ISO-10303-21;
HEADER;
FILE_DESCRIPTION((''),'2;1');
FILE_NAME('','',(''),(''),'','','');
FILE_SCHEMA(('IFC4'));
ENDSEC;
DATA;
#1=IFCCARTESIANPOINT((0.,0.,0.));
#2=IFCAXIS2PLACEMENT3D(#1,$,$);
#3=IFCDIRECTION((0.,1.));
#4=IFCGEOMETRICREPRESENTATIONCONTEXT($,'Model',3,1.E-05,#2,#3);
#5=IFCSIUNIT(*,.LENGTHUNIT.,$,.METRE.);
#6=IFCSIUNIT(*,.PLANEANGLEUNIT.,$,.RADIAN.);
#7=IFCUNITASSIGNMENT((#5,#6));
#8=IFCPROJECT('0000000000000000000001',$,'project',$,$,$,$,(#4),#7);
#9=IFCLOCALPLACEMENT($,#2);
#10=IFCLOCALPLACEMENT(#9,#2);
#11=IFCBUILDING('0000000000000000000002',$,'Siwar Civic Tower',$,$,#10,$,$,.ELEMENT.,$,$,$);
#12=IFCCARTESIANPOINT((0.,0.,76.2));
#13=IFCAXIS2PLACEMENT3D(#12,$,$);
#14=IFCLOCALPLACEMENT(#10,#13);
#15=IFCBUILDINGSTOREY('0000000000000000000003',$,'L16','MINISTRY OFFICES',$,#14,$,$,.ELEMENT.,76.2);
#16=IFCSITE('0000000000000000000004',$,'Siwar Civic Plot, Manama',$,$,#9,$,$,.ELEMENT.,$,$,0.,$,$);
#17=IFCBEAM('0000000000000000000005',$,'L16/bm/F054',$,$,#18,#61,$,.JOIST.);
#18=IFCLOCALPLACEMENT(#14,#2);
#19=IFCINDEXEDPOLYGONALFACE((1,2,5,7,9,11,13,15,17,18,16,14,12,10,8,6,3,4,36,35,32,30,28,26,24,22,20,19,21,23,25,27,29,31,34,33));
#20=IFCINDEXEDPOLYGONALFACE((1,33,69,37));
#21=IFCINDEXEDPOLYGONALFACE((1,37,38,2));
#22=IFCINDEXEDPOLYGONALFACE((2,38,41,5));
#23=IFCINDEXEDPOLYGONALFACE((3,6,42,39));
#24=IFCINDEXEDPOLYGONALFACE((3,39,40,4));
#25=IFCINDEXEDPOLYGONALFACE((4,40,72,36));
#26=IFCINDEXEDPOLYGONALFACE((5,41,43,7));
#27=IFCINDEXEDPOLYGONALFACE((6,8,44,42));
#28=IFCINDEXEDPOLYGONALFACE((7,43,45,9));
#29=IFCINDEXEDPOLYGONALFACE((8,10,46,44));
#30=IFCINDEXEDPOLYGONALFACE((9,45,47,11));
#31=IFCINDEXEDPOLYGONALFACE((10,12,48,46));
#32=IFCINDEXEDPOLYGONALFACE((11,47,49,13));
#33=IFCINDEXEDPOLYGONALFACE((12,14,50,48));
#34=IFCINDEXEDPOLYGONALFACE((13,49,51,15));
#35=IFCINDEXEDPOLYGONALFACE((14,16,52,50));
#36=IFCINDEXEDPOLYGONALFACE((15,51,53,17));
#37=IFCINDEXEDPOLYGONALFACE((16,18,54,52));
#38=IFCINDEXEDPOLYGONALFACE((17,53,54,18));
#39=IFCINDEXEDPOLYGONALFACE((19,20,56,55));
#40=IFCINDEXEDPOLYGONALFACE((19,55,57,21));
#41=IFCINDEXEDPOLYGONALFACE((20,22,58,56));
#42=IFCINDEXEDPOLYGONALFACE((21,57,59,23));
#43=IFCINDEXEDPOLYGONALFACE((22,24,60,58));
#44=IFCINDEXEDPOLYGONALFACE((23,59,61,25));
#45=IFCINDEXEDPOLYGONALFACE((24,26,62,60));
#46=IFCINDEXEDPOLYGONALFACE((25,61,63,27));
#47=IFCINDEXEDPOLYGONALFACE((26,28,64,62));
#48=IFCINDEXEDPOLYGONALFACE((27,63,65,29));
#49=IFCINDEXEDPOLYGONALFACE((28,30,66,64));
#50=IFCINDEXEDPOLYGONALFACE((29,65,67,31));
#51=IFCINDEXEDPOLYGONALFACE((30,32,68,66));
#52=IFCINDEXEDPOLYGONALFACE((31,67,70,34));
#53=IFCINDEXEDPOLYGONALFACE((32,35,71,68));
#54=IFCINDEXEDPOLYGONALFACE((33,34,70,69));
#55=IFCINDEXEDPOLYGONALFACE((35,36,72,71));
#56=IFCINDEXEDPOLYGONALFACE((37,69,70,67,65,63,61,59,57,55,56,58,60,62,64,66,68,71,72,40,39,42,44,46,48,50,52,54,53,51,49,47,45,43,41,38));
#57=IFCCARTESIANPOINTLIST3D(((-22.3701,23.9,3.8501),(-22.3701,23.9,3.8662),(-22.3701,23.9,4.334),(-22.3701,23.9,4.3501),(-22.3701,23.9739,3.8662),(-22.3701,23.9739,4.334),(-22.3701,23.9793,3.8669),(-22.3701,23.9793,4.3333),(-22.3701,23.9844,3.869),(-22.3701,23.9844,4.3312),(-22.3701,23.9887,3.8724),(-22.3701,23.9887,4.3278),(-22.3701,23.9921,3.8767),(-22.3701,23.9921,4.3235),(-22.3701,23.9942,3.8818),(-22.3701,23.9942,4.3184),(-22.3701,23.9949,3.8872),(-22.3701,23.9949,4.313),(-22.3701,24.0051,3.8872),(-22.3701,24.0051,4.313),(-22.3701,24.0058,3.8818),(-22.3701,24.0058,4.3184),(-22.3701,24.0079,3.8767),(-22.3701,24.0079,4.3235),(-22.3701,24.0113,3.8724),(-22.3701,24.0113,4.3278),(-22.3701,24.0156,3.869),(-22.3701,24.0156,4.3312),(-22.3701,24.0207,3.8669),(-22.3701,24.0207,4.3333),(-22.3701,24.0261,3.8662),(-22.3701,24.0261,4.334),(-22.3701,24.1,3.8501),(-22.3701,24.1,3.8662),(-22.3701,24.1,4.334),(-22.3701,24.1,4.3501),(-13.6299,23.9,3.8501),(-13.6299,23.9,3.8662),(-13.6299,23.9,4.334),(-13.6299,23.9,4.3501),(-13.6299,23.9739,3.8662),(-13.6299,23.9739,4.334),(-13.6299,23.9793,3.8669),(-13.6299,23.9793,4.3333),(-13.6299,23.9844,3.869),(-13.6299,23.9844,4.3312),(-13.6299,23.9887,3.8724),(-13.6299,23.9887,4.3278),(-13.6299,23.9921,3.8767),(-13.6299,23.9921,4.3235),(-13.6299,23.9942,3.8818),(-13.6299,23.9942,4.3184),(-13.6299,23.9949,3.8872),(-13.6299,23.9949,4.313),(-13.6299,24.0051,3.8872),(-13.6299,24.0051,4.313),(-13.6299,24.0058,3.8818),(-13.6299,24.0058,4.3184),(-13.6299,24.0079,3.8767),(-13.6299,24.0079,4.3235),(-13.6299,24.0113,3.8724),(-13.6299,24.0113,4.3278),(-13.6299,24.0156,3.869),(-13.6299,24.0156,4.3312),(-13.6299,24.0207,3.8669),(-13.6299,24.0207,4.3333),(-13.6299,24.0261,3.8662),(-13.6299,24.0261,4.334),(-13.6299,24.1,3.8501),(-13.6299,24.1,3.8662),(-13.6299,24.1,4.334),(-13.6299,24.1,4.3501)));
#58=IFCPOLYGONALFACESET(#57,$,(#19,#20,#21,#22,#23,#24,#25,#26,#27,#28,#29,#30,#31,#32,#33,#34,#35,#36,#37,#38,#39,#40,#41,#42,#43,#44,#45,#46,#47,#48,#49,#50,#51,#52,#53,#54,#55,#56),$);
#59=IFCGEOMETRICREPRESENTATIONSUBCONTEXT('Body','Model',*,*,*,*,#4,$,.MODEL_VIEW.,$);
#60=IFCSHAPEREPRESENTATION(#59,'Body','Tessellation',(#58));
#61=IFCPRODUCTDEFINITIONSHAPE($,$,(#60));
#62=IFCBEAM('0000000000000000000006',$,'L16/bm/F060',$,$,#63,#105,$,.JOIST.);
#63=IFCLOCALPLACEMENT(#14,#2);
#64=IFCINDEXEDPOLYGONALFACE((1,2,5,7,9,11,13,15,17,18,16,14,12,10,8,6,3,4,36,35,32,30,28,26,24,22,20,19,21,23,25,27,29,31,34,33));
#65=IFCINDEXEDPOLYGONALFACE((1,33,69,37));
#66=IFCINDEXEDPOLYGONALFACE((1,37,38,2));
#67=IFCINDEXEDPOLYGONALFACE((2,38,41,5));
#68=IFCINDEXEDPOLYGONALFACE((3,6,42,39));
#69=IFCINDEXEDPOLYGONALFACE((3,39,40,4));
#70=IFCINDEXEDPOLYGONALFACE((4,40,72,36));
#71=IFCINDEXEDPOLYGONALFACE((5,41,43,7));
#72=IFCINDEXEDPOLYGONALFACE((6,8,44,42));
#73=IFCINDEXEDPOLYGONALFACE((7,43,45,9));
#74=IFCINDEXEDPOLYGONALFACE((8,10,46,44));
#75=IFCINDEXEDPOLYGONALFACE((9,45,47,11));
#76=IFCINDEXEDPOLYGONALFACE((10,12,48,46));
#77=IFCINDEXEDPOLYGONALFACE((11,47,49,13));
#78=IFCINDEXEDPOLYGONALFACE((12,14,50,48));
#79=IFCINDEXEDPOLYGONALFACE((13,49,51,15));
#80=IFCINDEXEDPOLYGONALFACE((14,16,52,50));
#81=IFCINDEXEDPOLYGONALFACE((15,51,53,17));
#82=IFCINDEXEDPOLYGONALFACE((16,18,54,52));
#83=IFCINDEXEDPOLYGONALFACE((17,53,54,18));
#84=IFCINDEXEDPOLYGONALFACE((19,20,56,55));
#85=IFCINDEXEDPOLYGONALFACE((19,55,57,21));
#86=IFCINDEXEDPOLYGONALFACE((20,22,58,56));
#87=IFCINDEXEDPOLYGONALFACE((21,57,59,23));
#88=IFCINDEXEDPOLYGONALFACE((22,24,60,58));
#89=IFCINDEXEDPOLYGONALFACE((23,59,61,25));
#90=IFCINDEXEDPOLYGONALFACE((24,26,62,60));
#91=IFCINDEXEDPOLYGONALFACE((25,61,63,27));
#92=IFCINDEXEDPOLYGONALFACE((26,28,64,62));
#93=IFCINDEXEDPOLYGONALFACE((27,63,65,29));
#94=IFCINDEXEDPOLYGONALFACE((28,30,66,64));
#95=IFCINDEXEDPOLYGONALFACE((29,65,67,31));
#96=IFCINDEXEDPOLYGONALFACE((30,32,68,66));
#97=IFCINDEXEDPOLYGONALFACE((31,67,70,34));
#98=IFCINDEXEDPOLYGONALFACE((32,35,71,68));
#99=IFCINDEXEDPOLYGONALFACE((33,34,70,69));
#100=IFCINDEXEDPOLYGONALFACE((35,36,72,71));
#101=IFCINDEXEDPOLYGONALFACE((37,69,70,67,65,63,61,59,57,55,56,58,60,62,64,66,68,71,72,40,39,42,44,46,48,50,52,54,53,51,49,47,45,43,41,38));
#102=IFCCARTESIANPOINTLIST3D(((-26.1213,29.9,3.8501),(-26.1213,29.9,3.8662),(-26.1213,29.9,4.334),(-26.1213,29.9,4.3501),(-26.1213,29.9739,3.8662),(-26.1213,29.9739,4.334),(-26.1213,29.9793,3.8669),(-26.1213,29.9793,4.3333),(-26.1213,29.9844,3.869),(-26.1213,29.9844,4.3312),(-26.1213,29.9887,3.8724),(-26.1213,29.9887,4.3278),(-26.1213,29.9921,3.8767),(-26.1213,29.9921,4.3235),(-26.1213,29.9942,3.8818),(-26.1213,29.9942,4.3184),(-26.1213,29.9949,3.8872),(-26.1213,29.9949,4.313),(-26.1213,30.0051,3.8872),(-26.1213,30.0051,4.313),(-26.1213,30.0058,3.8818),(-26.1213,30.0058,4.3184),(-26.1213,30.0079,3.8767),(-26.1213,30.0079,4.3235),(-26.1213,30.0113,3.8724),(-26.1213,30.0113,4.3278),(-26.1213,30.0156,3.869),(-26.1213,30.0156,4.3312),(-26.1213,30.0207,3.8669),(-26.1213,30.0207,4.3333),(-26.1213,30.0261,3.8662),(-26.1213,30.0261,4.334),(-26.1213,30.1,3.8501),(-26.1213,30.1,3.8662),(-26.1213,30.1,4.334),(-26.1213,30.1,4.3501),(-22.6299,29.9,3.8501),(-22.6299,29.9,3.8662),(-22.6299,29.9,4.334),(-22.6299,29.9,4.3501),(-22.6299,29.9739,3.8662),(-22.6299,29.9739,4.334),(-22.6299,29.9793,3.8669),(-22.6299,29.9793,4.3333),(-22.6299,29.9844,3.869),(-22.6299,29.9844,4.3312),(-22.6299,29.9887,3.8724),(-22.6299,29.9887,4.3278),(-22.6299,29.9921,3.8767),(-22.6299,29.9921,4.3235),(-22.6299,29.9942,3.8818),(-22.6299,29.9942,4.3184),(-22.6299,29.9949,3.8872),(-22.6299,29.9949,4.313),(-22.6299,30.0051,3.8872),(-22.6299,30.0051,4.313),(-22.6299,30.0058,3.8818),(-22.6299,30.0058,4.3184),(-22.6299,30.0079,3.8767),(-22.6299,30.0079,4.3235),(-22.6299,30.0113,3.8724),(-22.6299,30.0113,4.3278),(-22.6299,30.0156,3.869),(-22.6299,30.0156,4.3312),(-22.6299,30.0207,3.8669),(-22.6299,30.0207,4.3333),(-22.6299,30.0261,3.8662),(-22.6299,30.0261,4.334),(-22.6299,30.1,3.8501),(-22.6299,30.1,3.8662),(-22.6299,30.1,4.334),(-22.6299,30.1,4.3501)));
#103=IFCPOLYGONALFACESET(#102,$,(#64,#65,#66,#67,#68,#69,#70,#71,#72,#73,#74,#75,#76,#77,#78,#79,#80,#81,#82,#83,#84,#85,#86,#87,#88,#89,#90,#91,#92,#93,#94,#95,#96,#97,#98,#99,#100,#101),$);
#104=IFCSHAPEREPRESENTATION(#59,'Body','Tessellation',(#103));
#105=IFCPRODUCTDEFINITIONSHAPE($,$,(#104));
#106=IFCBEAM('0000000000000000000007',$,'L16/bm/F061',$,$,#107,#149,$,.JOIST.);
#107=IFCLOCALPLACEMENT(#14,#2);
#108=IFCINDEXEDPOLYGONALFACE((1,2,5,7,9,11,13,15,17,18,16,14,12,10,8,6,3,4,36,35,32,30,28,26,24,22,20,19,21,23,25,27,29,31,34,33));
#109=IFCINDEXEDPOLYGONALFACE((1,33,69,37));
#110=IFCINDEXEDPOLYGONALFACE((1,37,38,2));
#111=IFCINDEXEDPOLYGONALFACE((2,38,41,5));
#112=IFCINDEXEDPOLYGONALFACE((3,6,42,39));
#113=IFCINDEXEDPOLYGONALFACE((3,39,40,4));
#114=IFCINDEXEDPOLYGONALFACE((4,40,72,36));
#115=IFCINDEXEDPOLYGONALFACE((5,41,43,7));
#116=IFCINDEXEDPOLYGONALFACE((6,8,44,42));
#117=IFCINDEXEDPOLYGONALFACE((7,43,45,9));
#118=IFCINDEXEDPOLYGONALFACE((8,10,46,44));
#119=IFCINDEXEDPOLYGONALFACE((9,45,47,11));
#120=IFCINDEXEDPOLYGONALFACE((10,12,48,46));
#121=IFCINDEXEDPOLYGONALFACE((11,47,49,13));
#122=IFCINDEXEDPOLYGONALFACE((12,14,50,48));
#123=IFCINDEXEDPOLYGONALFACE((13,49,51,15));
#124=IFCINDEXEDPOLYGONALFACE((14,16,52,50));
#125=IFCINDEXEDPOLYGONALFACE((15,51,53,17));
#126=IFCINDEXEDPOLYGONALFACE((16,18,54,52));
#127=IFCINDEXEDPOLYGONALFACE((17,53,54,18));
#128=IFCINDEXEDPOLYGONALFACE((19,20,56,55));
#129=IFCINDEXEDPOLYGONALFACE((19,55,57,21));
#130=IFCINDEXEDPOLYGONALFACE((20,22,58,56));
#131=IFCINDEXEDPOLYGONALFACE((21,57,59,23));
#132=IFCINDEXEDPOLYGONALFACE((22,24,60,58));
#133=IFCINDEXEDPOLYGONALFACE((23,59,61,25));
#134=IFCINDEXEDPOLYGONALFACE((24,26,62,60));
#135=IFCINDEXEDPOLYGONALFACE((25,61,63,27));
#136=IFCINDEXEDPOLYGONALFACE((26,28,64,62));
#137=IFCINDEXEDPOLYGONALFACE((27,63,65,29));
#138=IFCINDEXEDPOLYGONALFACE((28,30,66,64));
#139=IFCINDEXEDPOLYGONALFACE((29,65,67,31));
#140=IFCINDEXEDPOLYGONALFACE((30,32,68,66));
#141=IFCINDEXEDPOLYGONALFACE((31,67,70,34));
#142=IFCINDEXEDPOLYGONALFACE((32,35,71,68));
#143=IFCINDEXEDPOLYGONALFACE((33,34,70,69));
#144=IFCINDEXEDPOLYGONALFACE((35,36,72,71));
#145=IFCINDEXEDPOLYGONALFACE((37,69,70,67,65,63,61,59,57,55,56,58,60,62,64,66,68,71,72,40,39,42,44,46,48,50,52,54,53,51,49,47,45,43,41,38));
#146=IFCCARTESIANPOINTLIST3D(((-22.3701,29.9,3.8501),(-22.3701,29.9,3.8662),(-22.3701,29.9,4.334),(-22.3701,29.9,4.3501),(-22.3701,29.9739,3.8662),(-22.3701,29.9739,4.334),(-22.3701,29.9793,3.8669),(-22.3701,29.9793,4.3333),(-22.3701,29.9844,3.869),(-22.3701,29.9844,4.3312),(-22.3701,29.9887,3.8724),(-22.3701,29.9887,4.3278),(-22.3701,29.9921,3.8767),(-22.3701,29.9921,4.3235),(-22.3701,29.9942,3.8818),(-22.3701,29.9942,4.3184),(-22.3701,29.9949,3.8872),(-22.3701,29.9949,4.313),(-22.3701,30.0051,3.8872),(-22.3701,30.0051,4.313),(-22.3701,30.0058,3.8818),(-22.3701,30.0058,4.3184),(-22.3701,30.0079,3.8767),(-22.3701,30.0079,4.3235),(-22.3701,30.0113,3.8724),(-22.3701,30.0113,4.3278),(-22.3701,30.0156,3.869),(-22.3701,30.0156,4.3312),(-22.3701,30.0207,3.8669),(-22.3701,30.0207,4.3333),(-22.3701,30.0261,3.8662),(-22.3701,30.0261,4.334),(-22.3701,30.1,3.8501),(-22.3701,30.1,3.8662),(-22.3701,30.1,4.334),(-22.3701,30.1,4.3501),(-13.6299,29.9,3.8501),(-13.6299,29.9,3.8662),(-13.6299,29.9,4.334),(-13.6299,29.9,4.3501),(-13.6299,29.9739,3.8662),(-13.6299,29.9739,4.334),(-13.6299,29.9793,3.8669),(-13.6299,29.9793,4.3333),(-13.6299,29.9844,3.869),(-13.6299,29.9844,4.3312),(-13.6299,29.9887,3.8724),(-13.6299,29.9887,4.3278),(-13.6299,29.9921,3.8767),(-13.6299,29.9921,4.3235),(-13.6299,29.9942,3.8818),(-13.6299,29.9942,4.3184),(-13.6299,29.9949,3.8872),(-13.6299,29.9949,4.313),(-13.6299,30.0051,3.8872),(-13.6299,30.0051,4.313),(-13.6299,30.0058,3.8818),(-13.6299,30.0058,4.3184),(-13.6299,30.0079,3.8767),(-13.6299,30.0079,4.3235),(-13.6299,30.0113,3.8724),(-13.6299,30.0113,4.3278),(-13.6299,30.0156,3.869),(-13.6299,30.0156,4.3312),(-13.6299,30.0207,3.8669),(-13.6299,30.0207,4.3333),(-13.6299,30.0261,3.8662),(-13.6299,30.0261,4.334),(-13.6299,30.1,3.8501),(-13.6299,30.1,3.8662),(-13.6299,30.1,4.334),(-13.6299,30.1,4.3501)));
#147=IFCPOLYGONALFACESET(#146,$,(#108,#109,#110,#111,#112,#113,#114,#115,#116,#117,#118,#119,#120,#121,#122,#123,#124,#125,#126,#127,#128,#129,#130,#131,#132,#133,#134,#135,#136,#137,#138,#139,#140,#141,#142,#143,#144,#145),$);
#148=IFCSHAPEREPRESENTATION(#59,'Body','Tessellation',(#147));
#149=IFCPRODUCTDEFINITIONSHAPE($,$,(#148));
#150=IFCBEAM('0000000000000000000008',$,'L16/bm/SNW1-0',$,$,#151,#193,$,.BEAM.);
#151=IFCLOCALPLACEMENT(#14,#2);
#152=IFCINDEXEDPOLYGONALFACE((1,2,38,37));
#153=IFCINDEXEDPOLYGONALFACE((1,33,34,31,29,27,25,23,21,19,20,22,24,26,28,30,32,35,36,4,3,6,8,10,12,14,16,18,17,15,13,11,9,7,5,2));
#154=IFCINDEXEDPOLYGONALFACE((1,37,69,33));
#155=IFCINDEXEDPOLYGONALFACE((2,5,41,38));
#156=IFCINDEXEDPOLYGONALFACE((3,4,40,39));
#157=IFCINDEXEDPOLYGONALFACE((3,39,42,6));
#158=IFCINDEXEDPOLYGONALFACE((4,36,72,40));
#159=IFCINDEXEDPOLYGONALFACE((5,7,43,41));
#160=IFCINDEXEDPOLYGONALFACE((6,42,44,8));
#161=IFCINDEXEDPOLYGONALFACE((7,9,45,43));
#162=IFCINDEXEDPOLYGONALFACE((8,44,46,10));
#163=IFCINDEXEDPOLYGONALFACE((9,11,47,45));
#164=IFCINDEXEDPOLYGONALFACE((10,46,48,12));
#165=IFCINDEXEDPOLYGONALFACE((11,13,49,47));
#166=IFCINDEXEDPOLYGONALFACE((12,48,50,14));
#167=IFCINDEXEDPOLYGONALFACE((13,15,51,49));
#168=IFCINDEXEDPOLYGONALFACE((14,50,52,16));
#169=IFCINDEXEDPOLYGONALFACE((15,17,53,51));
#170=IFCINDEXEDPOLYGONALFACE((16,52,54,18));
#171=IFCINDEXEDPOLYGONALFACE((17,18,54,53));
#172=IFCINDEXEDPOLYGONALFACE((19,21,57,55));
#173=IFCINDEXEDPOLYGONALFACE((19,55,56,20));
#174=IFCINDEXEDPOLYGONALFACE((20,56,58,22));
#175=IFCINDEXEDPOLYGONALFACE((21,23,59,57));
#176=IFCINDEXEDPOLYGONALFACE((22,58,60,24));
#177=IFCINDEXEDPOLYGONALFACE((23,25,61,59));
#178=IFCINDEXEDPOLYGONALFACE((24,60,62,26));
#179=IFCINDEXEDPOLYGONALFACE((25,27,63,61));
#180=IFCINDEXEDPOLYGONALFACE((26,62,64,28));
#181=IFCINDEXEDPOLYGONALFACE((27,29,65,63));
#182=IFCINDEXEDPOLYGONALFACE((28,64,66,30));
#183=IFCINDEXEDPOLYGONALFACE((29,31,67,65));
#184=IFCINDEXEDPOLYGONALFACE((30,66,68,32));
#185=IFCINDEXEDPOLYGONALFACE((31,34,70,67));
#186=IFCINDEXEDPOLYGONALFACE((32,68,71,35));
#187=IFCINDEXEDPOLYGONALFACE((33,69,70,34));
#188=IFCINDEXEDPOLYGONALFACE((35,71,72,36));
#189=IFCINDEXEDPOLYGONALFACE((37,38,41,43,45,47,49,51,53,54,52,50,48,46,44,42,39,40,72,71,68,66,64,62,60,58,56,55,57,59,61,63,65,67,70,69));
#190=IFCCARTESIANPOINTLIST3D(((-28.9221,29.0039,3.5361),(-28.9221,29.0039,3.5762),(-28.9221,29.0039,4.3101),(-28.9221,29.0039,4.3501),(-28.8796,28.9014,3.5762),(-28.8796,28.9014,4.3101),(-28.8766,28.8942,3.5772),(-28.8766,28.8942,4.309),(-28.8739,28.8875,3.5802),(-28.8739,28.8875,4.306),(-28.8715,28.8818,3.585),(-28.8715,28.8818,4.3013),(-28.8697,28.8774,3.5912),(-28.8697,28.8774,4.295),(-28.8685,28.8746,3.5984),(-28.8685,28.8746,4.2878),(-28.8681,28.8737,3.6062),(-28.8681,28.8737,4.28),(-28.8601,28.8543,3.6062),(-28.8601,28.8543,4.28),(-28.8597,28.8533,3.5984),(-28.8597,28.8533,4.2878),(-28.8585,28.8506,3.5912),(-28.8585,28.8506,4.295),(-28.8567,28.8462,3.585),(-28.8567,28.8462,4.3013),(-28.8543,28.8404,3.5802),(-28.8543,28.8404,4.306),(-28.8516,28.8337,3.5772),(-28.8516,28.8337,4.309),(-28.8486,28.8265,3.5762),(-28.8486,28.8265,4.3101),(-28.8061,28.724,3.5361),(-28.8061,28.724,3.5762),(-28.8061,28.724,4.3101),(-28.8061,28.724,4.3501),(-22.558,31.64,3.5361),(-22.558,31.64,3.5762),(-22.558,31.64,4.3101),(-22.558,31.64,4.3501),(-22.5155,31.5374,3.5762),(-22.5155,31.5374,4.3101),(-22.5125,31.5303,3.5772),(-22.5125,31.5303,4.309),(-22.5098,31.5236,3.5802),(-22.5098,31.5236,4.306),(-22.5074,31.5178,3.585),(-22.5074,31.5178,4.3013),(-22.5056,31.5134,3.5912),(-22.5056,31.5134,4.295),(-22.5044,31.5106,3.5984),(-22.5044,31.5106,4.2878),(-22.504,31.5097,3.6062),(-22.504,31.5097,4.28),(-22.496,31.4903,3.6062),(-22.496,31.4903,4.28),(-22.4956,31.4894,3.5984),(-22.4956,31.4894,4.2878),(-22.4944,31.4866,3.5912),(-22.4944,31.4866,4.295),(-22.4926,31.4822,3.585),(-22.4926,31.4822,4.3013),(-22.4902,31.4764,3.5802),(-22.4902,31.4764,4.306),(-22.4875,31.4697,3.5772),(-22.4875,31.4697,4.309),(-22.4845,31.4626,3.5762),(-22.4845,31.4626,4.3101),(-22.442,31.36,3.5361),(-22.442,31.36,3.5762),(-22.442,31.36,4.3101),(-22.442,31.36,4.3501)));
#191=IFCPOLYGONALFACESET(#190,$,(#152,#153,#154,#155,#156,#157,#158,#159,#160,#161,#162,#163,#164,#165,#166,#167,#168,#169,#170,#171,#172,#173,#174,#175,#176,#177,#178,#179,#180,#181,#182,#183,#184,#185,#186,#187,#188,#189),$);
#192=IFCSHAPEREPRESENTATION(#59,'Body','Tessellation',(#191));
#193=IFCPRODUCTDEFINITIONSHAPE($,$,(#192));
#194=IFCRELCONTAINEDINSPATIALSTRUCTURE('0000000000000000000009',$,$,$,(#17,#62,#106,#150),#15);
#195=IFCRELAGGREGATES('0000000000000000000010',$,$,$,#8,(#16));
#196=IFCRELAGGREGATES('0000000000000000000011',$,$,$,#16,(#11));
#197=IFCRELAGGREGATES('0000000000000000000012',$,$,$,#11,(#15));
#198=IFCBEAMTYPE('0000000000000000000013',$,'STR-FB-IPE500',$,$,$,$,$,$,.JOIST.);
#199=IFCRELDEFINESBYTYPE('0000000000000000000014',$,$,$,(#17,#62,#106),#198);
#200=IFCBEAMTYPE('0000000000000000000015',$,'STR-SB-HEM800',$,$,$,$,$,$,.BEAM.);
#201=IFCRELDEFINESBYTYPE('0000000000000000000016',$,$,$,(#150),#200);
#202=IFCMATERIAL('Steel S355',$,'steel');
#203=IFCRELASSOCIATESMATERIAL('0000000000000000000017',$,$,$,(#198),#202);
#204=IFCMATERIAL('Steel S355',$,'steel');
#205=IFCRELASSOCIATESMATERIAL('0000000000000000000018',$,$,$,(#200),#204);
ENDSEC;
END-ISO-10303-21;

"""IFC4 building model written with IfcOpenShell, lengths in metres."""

from ifc_helpers import new_model, si_unit, direction, frame, origin, origin_2d, place, context, subcontext, project, spatial, i_section, extrude, material, material_profile, profile_set, type_object, element, save


model = new_model("IFC4")

# Units and contexts
model_context = context("Model", 3, precision=1e-05, world=origin(), true_north=direction((0.0, 1.0)))
body_context = subcontext(model_context, "Body", "Model", "MODEL_VIEW")
ifc_project = project(units=[si_unit("LENGTHUNIT", "METRE"), si_unit("PLANEANGLEUNIT", "RADIAN")], contexts=[model_context])

# Site, building, storey
site_placement = place(None, origin())
site = spatial("IfcSite", under=ifc_project, at=site_placement, Name="Siwar Civic Plot, Manama", CompositionType="ELEMENT", RefElevation=0.0)
building_placement = place(site_placement, origin())
building = spatial("IfcBuilding", under=site, at=building_placement, Name="Siwar Civic Tower", CompositionType="ELEMENT")
storey_placement = place(building_placement, frame((0.0, 0.0, 76.2)))
storey = spatial("IfcBuildingStorey", under=building, at=storey_placement, Name="L16", Description="MINISTRY OFFICES", CompositionType="ELEMENT", Elevation=76.2)

# Beams
ifc_material_1 = material(Name="Steel S355", Category="steel")
ifc_material_profile_1 = material_profile(ifc_material_1, i_section(OverallWidth=0.2, OverallDepth=0.5, WebThickness=0.0103, FlangeThickness=0.0161, FilletRadius=0.021, at=origin_2d()), Name="IPE500")
ifc_profile_set_1 = profile_set([ifc_material_profile_1], Name="Steel S355")
beam_type_1 = type_object("IfcBeamType", Name="STR-FB-IPE500", PredefinedType="JOIST", material=ifc_profile_set_1)
beam_1_placement = place(storey_placement, frame((-22.3701, 24.0, 4.1001), z_axis=(1.0, 0.0, 0.0), x_axis=(0.0, 1.0, 0.0)))
element("IfcBeam", 1, at=beam_1_placement, inside=storey, type_object=beam_type_1, Name="L16/bm/F054", PredefinedType="JOIST", context=body_context, shape_type="SweptSolid", body=[
    extrude(i_section(OverallWidth=0.2, OverallDepth=0.5, WebThickness=0.0103, FlangeThickness=0.0161, FilletRadius=0.021, at=origin_2d()), origin(), (0.0, 0.0, 1.0), 8.7402),
])
beam_2_placement = place(storey_placement, frame((-26.1213, 30.0, 4.1001), z_axis=(1.0, 0.0, 0.0), x_axis=(0.0, 1.0, 0.0)))
element("IfcBeam", 2, at=beam_2_placement, inside=storey, type_object=beam_type_1, Name="L16/bm/F060", PredefinedType="JOIST", context=body_context, shape_type="SweptSolid", body=[
    extrude(i_section(OverallWidth=0.2, OverallDepth=0.5, WebThickness=0.0103, FlangeThickness=0.0161, FilletRadius=0.021, at=origin_2d()), origin(), (0.0, 0.0, 1.0), 3.4915),
])
beam_3_placement = place(storey_placement, frame((-22.3701, 30.0, 4.1001), z_axis=(1.0, 0.0, 0.0), x_axis=(0.0, 1.0, 0.0)))
element("IfcBeam", 3, at=beam_3_placement, inside=storey, type_object=beam_type_1, Name="L16/bm/F061", PredefinedType="JOIST", context=body_context, shape_type="SweptSolid", body=[
    extrude(i_section(OverallWidth=0.2, OverallDepth=0.5, WebThickness=0.0103, FlangeThickness=0.0161, FilletRadius=0.021, at=origin_2d()), origin(), (0.0, 0.0, 1.0), 8.7402),
])
ifc_material_2 = material(Name="Steel S355", Category="steel")
ifc_material_profile_2 = material_profile(ifc_material_2, i_section(OverallWidth=0.303, OverallDepth=0.814, WebThickness=0.021, FlangeThickness=0.04, FilletRadius=0.03, at=origin_2d()), Name="HEM800")
ifc_profile_set_2 = profile_set([ifc_material_profile_2], Name="Steel S355")
beam_type_2 = type_object("IfcBeamType", Name="STR-SB-HEM800", PredefinedType="BEAM", material=ifc_profile_set_2)
for number, where, z_axis, x_axis, name in (
    (4, (-22.5, 31.5, 3.9431), (-0.923883, -0.382674, 0.0), (0.382674, -0.923883, 0.0), "L16/bm/SNW1-0"),
):
    element("IfcBeam", number, at=place(storey_placement, frame(where, z_axis=z_axis, x_axis=x_axis)), inside=storey, type_object=beam_type_2, Name=name, PredefinedType="BEAM", context=body_context, shape_type="SweptSolid", body=[
        extrude(i_section(OverallWidth=0.303, OverallDepth=0.814, WebThickness=0.021, FlangeThickness=0.04, FilletRadius=0.03, at=origin_2d()), origin(), (0.0, 0.0, 1.0), 6.8884),
    ])

save(model, "model.ifc")
